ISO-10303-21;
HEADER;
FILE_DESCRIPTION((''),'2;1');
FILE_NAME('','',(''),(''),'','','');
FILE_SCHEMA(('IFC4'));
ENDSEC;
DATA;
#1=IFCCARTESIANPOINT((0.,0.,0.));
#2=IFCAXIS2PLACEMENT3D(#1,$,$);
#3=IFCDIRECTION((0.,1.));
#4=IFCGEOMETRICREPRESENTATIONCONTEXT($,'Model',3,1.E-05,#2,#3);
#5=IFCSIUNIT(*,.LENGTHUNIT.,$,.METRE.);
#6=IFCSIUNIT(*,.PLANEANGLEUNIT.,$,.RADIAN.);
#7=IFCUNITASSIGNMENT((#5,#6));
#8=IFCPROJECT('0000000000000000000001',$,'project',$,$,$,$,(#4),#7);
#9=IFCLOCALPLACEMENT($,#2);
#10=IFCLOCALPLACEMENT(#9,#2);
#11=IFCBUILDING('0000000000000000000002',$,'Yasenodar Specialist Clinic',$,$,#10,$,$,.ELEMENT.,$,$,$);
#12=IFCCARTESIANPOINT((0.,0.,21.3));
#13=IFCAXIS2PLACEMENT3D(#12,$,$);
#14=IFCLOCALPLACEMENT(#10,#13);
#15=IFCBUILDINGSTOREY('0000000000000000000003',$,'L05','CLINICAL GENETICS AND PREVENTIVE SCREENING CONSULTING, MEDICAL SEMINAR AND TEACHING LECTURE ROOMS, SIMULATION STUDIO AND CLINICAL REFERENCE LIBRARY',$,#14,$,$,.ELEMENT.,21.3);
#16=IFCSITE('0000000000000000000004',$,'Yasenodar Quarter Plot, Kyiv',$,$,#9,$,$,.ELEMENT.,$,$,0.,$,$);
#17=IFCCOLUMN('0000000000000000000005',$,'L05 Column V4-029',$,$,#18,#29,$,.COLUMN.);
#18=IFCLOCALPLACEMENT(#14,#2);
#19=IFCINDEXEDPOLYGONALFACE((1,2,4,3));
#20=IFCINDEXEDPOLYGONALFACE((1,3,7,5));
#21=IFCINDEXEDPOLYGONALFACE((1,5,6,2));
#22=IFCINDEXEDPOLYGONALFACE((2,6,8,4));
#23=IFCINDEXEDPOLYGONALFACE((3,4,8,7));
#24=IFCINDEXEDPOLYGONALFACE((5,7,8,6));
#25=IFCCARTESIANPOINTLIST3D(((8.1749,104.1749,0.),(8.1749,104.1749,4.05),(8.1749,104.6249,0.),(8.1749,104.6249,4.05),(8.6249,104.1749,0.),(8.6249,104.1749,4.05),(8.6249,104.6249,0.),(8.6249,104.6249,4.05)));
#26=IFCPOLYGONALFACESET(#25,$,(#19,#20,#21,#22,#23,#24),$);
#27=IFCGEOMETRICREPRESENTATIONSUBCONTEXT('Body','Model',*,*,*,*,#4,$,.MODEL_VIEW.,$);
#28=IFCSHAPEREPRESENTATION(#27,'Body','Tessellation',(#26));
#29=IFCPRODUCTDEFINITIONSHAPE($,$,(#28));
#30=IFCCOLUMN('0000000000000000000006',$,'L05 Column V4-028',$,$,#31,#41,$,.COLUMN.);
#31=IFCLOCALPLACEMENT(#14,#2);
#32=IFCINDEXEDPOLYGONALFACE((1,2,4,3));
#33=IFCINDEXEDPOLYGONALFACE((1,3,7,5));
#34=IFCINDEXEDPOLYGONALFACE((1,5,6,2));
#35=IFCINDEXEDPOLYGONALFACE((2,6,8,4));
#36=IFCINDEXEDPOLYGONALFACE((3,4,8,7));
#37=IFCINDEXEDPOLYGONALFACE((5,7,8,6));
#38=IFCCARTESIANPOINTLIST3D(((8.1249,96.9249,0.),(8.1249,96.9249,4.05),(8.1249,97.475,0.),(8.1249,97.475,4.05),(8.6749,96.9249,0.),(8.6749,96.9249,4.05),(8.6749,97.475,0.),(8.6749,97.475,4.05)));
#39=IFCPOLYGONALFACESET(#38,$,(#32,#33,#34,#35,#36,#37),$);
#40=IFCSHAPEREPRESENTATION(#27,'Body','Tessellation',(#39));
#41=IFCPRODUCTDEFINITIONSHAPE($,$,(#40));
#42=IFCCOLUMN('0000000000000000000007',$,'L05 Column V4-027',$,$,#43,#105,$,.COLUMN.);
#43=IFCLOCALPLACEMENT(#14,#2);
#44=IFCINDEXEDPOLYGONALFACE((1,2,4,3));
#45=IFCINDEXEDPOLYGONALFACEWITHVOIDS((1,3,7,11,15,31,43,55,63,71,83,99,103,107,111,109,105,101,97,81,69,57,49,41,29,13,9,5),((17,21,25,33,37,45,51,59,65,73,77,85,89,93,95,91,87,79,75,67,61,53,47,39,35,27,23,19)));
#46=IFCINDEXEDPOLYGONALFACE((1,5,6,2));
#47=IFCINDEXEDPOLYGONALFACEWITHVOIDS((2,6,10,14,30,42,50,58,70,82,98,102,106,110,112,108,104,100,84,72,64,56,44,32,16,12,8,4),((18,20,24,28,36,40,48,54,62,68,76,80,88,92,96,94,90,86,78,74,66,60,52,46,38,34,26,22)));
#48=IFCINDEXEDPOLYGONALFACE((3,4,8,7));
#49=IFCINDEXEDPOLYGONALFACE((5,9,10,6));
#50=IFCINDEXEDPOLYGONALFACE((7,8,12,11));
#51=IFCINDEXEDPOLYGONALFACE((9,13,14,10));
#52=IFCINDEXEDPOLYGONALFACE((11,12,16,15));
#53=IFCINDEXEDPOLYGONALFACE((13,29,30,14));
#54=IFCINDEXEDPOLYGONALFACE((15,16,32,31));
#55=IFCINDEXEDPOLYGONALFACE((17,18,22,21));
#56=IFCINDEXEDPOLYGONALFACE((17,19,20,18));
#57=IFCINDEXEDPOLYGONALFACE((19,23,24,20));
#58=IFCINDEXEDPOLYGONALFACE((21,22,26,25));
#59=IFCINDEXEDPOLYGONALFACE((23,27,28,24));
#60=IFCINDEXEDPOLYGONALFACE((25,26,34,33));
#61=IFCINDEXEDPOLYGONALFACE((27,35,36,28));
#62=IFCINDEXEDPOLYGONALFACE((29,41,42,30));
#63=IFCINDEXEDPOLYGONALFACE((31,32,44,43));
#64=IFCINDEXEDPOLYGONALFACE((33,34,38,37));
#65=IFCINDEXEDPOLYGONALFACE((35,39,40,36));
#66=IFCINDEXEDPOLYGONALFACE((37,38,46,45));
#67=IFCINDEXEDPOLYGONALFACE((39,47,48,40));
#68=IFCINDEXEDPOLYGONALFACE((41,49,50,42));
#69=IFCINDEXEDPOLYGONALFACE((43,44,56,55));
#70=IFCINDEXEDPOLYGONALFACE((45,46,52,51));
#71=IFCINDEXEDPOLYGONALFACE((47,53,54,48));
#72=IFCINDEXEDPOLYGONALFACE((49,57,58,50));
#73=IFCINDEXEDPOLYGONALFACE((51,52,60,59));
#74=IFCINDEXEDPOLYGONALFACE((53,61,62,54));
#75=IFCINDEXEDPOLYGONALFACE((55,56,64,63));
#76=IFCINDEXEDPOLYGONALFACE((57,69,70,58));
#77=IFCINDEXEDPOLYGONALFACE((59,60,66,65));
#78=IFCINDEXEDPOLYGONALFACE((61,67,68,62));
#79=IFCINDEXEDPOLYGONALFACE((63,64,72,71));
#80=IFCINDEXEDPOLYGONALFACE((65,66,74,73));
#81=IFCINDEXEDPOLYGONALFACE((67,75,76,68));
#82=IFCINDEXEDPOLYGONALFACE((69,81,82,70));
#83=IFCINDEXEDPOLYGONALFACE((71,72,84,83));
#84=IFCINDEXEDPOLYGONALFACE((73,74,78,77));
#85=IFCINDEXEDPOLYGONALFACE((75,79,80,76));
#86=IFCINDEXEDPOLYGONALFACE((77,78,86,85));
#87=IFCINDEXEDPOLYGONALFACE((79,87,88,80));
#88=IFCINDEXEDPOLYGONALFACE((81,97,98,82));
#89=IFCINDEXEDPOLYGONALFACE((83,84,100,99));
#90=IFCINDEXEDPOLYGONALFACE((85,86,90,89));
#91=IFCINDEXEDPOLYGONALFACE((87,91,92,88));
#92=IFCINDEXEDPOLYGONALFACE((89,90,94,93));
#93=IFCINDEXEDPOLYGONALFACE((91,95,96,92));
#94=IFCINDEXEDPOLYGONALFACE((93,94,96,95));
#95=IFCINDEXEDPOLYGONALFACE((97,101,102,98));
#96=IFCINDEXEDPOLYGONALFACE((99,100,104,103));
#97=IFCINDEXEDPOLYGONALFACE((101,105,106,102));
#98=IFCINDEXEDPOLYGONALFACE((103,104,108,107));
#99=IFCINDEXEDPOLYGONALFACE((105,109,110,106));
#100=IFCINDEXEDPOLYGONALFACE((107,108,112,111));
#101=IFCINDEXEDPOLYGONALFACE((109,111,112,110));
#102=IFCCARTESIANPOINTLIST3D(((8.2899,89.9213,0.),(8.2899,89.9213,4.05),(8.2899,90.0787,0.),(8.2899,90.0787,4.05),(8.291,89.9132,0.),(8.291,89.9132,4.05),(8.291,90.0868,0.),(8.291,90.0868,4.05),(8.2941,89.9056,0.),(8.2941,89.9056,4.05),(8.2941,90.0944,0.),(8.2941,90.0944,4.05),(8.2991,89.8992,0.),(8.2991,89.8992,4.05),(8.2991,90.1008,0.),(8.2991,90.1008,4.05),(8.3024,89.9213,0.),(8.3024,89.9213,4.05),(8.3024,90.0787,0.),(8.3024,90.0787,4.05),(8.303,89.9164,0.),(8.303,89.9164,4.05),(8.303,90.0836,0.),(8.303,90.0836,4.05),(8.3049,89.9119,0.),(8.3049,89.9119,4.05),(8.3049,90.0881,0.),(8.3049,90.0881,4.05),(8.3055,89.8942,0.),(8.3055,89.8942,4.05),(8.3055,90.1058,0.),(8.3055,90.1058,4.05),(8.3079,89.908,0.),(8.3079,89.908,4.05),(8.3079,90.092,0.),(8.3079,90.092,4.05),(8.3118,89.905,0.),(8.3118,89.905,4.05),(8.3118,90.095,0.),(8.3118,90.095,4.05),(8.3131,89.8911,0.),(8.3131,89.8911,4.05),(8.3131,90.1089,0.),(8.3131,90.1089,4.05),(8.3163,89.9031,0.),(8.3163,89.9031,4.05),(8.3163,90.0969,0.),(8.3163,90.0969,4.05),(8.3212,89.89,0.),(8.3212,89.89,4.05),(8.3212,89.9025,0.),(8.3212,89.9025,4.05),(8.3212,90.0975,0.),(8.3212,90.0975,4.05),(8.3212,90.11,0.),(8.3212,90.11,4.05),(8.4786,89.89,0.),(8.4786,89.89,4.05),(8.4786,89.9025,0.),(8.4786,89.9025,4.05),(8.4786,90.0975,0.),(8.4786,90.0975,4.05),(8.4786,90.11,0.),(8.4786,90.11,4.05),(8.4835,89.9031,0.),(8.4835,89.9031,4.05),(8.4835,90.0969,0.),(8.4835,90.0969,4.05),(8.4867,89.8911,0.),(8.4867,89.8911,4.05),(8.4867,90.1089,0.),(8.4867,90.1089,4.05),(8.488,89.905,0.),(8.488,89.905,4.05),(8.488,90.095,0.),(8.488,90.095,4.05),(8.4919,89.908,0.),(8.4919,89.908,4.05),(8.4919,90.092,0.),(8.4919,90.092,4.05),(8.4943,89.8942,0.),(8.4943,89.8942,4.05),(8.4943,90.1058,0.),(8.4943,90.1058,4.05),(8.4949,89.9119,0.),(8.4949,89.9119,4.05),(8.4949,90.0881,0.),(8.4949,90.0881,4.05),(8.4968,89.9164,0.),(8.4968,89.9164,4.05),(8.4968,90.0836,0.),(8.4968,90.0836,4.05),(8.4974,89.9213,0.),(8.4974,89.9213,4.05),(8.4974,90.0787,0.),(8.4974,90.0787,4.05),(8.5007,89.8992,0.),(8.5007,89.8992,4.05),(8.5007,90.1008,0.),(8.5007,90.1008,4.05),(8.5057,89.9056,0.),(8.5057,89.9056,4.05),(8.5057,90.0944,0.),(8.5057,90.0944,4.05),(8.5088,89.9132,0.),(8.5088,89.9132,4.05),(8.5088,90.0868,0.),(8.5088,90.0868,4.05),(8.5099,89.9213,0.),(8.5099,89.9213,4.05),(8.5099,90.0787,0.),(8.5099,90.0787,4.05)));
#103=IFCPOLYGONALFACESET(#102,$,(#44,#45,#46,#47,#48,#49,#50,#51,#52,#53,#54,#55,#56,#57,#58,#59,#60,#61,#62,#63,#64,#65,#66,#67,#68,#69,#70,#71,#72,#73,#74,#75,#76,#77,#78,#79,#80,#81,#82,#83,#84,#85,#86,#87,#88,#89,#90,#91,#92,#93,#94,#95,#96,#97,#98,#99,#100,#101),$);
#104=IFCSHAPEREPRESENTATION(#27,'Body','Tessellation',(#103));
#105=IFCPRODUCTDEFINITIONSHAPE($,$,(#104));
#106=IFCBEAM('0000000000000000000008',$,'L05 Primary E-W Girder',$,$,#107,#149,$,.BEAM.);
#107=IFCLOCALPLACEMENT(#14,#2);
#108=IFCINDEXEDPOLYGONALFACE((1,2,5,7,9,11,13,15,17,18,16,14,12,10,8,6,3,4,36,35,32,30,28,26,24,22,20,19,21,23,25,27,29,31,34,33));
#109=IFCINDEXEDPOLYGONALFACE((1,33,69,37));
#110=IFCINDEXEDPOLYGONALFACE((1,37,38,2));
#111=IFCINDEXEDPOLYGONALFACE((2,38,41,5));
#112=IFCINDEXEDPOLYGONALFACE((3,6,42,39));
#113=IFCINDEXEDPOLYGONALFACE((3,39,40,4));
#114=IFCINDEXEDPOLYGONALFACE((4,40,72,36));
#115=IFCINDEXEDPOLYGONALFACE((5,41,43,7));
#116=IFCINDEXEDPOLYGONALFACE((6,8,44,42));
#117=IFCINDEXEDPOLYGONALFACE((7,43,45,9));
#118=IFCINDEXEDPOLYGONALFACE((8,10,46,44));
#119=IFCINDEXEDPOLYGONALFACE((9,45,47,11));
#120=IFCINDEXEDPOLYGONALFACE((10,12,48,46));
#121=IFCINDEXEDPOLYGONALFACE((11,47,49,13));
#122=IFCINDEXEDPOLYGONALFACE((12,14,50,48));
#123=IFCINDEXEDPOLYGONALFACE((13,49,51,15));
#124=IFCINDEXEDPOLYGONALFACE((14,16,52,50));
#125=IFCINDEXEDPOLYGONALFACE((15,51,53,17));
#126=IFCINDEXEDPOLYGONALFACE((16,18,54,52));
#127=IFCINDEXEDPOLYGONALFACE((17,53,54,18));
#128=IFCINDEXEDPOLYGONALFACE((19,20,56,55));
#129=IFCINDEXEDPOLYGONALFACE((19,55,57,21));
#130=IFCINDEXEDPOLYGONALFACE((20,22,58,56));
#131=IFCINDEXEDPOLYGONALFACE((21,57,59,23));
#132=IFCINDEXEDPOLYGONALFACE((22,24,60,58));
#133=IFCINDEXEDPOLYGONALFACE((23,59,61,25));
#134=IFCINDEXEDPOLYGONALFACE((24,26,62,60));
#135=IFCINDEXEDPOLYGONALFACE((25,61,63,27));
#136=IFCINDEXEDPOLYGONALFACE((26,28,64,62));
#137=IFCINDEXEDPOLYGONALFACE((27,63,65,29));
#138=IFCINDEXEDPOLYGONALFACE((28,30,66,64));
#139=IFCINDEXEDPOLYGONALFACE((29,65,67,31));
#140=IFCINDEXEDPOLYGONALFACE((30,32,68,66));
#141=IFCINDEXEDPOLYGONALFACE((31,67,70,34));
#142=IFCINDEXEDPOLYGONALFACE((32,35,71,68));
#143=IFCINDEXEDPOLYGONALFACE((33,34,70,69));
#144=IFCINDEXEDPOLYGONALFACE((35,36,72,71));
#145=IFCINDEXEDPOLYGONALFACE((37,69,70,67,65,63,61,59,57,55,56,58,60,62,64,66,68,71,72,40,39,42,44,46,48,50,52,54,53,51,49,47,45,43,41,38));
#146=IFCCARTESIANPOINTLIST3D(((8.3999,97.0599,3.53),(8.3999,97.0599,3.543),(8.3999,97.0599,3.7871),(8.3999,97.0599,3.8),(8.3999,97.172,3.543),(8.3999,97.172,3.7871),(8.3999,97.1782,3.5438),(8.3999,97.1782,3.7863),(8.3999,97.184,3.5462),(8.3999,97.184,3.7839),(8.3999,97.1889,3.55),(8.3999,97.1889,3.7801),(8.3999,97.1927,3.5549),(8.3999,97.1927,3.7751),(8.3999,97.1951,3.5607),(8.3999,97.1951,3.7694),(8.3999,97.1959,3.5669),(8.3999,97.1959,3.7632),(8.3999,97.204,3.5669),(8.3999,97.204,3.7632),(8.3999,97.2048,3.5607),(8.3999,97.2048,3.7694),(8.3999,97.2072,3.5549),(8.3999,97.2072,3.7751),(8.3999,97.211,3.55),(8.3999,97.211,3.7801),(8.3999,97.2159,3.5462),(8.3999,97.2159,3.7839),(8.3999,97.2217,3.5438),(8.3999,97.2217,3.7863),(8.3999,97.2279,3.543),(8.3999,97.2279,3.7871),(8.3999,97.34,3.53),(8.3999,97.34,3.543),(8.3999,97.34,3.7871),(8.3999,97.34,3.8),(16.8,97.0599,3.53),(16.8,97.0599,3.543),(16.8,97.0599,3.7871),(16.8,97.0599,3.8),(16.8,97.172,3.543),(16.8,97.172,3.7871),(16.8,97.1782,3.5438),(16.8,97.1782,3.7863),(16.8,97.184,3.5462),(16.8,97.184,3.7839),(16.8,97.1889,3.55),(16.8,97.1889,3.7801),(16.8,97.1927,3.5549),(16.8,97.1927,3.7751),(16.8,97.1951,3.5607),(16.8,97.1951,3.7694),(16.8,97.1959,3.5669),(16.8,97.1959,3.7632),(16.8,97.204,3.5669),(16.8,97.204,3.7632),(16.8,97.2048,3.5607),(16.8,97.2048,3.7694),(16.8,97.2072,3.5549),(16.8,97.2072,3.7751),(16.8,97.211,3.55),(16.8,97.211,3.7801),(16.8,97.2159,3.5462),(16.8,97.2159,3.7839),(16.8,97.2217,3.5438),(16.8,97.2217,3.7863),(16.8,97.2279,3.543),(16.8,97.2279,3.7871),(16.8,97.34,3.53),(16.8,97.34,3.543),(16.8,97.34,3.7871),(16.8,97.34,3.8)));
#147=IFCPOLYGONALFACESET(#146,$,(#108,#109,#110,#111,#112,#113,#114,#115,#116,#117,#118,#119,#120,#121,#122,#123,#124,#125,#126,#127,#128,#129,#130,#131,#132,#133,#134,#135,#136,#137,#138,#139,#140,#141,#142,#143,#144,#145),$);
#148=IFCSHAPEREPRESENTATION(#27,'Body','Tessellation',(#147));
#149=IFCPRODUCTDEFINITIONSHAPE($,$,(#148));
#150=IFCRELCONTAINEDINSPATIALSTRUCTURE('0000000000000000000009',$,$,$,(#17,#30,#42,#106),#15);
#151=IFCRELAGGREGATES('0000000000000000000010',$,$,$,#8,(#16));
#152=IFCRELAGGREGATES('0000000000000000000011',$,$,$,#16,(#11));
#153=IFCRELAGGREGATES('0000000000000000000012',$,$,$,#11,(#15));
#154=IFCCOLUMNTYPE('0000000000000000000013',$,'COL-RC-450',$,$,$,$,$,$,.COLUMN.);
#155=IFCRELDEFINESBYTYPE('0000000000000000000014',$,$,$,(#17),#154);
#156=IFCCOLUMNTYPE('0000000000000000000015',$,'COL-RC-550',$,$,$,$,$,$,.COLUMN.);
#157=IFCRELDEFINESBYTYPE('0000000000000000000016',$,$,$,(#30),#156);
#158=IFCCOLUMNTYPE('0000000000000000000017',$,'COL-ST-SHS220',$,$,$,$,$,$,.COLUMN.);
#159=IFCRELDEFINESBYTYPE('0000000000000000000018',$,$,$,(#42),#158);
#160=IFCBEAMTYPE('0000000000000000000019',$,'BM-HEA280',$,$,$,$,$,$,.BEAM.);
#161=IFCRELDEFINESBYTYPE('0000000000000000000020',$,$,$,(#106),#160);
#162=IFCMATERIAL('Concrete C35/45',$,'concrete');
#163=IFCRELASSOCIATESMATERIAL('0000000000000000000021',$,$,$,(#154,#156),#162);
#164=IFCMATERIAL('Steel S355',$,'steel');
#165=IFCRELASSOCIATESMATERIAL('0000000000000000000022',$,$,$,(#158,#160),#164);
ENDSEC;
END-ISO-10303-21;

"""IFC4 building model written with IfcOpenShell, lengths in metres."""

from ifc_helpers import new_model, si_unit, direction, frame, origin, origin_2d, place, context, subcontext, project, spatial, rectangle, hollow_rectangle, i_section, extrude, material, material_profile, profile_set, type_object, element, save


model = new_model("IFC4")

# Units and contexts
model_context = context("Model", 3, precision=1e-05, world=origin(), true_north=direction((0.0, 1.0)))
body_context = subcontext(model_context, "Body", "Model", "MODEL_VIEW")
ifc_project = project(units=[si_unit("LENGTHUNIT", "METRE"), si_unit("PLANEANGLEUNIT", "RADIAN")], contexts=[model_context])

# Site, building, storey
site_placement = place(None, origin())
site = spatial("IfcSite", under=ifc_project, at=site_placement, Name="Yasenodar Quarter Plot, Kyiv", CompositionType="ELEMENT", RefElevation=0.0)
building_placement = place(site_placement, origin())
building = spatial("IfcBuilding", under=site, at=building_placement, Name="Yasenodar Specialist Clinic", CompositionType="ELEMENT")
storey_placement = place(building_placement, frame((0.0, 0.0, 21.3)))
storey = spatial("IfcBuildingStorey", under=building, at=storey_placement, Name="L05", Description="CLINICAL GENETICS AND PREVENTIVE SCREENING CONSULTING, MEDICAL SEMINAR AND TEACHING LECTURE ROOMS, SIMULATION STUDIO AND CLINICAL REFERENCE LIBRARY", CompositionType="ELEMENT", Elevation=21.3)

# Columns
ifc_material_1 = material(Name="Concrete C35/45", Category="concrete")
ifc_material_profile_1 = material_profile(ifc_material_1, rectangle(XDim=0.45, YDim=0.45, at=origin_2d()), Name="RC 450x450")
ifc_profile_set_1 = profile_set([ifc_material_profile_1], Name="Concrete C35/45")
column_type_1 = type_object("IfcColumnType", Name="COL-RC-450", PredefinedType="COLUMN", material=ifc_profile_set_1)
column_1_placement = place(storey_placement, frame((8.3999, 104.3999, 0.0), z_axis=(0.0, 0.0, 1.0), x_axis=(1.0, 0.0, 0.0)))
element("IfcColumn", 1, at=column_1_placement, inside=storey, type_object=column_type_1, Name="L05 Column V4-029", PredefinedType="COLUMN", context=body_context, shape_type="SweptSolid", body=[
    extrude(rectangle(XDim=0.45, YDim=0.45, at=origin_2d()), origin(), (0.0, 0.0, 1.0), 4.05),
])
ifc_material_profile_2 = material_profile(ifc_material_1, rectangle(XDim=0.55, YDim=0.55, at=origin_2d()), Name="RC 550x550")
ifc_profile_set_2 = profile_set([ifc_material_profile_2], Name="Concrete C35/45")
column_type_2 = type_object("IfcColumnType", Name="COL-RC-550", PredefinedType="COLUMN", material=ifc_profile_set_2)
column_2_placement = place(storey_placement, frame((8.3999, 97.2, 0.0), z_axis=(0.0, 0.0, 1.0), x_axis=(1.0, 0.0, 0.0)))
element("IfcColumn", 2, at=column_2_placement, inside=storey, type_object=column_type_2, Name="L05 Column V4-028", PredefinedType="COLUMN", context=body_context, shape_type="SweptSolid", body=[
    extrude(rectangle(XDim=0.55, YDim=0.55, at=origin_2d()), origin(), (0.0, 0.0, 1.0), 4.05),
])
ifc_material_2 = material(Name="Steel S355", Category="steel")
ifc_material_profile_3 = material_profile(ifc_material_2, hollow_rectangle(XDim=0.22, YDim=0.22, WallThickness=0.0125, InnerFilletRadius=0.0188, OuterFilletRadius=0.0312, at=origin_2d()), Name="SHS 220x220x12.5")
ifc_profile_set_3 = profile_set([ifc_material_profile_3], Name="Steel S355")
column_type_3 = type_object("IfcColumnType", Name="COL-ST-SHS220", PredefinedType="COLUMN", material=ifc_profile_set_3)
column_3_placement = place(storey_placement, frame((8.3999, 90.0, 0.0), z_axis=(0.0, 0.0, 1.0), x_axis=(1.0, 0.0, 0.0)))
element("IfcColumn", 3, at=column_3_placement, inside=storey, type_object=column_type_3, Name="L05 Column V4-027", PredefinedType="COLUMN", context=body_context, shape_type="SweptSolid", body=[
    extrude(hollow_rectangle(XDim=0.22, YDim=0.22, WallThickness=0.0125, InnerFilletRadius=0.0188, OuterFilletRadius=0.0312, at=origin_2d()), origin(), (0.0, 0.0, 1.0), 4.05),
])

# Beam
ifc_material_profile_4 = material_profile(ifc_material_2, i_section(OverallWidth=0.28, OverallDepth=0.27, WebThickness=0.0081, FlangeThickness=0.0129, FilletRadius=0.0239, at=origin_2d()), Name="HEA 280")
ifc_profile_set_4 = profile_set([ifc_material_profile_4], Name="Steel S355")
beam_type_1 = type_object("IfcBeamType", Name="BM-HEA280", PredefinedType="BEAM", material=ifc_profile_set_4)
beam_1_placement = place(storey_placement, frame((8.3999, 97.2, 3.665), z_axis=(1.0, 0.0, 0.0), x_axis=(0.0, 1.0, 0.0)))
element("IfcBeam", 4, at=beam_1_placement, inside=storey, type_object=beam_type_1, Name="L05 Primary E-W Girder", PredefinedType="BEAM", context=body_context, shape_type="SweptSolid", body=[
    extrude(i_section(OverallWidth=0.28, OverallDepth=0.27, WebThickness=0.0081, FlangeThickness=0.0129, FilletRadius=0.0239, at=origin_2d()), origin(), (0.0, 0.0, 1.0), 8.4001),
])

save(model, "model.ifc")
